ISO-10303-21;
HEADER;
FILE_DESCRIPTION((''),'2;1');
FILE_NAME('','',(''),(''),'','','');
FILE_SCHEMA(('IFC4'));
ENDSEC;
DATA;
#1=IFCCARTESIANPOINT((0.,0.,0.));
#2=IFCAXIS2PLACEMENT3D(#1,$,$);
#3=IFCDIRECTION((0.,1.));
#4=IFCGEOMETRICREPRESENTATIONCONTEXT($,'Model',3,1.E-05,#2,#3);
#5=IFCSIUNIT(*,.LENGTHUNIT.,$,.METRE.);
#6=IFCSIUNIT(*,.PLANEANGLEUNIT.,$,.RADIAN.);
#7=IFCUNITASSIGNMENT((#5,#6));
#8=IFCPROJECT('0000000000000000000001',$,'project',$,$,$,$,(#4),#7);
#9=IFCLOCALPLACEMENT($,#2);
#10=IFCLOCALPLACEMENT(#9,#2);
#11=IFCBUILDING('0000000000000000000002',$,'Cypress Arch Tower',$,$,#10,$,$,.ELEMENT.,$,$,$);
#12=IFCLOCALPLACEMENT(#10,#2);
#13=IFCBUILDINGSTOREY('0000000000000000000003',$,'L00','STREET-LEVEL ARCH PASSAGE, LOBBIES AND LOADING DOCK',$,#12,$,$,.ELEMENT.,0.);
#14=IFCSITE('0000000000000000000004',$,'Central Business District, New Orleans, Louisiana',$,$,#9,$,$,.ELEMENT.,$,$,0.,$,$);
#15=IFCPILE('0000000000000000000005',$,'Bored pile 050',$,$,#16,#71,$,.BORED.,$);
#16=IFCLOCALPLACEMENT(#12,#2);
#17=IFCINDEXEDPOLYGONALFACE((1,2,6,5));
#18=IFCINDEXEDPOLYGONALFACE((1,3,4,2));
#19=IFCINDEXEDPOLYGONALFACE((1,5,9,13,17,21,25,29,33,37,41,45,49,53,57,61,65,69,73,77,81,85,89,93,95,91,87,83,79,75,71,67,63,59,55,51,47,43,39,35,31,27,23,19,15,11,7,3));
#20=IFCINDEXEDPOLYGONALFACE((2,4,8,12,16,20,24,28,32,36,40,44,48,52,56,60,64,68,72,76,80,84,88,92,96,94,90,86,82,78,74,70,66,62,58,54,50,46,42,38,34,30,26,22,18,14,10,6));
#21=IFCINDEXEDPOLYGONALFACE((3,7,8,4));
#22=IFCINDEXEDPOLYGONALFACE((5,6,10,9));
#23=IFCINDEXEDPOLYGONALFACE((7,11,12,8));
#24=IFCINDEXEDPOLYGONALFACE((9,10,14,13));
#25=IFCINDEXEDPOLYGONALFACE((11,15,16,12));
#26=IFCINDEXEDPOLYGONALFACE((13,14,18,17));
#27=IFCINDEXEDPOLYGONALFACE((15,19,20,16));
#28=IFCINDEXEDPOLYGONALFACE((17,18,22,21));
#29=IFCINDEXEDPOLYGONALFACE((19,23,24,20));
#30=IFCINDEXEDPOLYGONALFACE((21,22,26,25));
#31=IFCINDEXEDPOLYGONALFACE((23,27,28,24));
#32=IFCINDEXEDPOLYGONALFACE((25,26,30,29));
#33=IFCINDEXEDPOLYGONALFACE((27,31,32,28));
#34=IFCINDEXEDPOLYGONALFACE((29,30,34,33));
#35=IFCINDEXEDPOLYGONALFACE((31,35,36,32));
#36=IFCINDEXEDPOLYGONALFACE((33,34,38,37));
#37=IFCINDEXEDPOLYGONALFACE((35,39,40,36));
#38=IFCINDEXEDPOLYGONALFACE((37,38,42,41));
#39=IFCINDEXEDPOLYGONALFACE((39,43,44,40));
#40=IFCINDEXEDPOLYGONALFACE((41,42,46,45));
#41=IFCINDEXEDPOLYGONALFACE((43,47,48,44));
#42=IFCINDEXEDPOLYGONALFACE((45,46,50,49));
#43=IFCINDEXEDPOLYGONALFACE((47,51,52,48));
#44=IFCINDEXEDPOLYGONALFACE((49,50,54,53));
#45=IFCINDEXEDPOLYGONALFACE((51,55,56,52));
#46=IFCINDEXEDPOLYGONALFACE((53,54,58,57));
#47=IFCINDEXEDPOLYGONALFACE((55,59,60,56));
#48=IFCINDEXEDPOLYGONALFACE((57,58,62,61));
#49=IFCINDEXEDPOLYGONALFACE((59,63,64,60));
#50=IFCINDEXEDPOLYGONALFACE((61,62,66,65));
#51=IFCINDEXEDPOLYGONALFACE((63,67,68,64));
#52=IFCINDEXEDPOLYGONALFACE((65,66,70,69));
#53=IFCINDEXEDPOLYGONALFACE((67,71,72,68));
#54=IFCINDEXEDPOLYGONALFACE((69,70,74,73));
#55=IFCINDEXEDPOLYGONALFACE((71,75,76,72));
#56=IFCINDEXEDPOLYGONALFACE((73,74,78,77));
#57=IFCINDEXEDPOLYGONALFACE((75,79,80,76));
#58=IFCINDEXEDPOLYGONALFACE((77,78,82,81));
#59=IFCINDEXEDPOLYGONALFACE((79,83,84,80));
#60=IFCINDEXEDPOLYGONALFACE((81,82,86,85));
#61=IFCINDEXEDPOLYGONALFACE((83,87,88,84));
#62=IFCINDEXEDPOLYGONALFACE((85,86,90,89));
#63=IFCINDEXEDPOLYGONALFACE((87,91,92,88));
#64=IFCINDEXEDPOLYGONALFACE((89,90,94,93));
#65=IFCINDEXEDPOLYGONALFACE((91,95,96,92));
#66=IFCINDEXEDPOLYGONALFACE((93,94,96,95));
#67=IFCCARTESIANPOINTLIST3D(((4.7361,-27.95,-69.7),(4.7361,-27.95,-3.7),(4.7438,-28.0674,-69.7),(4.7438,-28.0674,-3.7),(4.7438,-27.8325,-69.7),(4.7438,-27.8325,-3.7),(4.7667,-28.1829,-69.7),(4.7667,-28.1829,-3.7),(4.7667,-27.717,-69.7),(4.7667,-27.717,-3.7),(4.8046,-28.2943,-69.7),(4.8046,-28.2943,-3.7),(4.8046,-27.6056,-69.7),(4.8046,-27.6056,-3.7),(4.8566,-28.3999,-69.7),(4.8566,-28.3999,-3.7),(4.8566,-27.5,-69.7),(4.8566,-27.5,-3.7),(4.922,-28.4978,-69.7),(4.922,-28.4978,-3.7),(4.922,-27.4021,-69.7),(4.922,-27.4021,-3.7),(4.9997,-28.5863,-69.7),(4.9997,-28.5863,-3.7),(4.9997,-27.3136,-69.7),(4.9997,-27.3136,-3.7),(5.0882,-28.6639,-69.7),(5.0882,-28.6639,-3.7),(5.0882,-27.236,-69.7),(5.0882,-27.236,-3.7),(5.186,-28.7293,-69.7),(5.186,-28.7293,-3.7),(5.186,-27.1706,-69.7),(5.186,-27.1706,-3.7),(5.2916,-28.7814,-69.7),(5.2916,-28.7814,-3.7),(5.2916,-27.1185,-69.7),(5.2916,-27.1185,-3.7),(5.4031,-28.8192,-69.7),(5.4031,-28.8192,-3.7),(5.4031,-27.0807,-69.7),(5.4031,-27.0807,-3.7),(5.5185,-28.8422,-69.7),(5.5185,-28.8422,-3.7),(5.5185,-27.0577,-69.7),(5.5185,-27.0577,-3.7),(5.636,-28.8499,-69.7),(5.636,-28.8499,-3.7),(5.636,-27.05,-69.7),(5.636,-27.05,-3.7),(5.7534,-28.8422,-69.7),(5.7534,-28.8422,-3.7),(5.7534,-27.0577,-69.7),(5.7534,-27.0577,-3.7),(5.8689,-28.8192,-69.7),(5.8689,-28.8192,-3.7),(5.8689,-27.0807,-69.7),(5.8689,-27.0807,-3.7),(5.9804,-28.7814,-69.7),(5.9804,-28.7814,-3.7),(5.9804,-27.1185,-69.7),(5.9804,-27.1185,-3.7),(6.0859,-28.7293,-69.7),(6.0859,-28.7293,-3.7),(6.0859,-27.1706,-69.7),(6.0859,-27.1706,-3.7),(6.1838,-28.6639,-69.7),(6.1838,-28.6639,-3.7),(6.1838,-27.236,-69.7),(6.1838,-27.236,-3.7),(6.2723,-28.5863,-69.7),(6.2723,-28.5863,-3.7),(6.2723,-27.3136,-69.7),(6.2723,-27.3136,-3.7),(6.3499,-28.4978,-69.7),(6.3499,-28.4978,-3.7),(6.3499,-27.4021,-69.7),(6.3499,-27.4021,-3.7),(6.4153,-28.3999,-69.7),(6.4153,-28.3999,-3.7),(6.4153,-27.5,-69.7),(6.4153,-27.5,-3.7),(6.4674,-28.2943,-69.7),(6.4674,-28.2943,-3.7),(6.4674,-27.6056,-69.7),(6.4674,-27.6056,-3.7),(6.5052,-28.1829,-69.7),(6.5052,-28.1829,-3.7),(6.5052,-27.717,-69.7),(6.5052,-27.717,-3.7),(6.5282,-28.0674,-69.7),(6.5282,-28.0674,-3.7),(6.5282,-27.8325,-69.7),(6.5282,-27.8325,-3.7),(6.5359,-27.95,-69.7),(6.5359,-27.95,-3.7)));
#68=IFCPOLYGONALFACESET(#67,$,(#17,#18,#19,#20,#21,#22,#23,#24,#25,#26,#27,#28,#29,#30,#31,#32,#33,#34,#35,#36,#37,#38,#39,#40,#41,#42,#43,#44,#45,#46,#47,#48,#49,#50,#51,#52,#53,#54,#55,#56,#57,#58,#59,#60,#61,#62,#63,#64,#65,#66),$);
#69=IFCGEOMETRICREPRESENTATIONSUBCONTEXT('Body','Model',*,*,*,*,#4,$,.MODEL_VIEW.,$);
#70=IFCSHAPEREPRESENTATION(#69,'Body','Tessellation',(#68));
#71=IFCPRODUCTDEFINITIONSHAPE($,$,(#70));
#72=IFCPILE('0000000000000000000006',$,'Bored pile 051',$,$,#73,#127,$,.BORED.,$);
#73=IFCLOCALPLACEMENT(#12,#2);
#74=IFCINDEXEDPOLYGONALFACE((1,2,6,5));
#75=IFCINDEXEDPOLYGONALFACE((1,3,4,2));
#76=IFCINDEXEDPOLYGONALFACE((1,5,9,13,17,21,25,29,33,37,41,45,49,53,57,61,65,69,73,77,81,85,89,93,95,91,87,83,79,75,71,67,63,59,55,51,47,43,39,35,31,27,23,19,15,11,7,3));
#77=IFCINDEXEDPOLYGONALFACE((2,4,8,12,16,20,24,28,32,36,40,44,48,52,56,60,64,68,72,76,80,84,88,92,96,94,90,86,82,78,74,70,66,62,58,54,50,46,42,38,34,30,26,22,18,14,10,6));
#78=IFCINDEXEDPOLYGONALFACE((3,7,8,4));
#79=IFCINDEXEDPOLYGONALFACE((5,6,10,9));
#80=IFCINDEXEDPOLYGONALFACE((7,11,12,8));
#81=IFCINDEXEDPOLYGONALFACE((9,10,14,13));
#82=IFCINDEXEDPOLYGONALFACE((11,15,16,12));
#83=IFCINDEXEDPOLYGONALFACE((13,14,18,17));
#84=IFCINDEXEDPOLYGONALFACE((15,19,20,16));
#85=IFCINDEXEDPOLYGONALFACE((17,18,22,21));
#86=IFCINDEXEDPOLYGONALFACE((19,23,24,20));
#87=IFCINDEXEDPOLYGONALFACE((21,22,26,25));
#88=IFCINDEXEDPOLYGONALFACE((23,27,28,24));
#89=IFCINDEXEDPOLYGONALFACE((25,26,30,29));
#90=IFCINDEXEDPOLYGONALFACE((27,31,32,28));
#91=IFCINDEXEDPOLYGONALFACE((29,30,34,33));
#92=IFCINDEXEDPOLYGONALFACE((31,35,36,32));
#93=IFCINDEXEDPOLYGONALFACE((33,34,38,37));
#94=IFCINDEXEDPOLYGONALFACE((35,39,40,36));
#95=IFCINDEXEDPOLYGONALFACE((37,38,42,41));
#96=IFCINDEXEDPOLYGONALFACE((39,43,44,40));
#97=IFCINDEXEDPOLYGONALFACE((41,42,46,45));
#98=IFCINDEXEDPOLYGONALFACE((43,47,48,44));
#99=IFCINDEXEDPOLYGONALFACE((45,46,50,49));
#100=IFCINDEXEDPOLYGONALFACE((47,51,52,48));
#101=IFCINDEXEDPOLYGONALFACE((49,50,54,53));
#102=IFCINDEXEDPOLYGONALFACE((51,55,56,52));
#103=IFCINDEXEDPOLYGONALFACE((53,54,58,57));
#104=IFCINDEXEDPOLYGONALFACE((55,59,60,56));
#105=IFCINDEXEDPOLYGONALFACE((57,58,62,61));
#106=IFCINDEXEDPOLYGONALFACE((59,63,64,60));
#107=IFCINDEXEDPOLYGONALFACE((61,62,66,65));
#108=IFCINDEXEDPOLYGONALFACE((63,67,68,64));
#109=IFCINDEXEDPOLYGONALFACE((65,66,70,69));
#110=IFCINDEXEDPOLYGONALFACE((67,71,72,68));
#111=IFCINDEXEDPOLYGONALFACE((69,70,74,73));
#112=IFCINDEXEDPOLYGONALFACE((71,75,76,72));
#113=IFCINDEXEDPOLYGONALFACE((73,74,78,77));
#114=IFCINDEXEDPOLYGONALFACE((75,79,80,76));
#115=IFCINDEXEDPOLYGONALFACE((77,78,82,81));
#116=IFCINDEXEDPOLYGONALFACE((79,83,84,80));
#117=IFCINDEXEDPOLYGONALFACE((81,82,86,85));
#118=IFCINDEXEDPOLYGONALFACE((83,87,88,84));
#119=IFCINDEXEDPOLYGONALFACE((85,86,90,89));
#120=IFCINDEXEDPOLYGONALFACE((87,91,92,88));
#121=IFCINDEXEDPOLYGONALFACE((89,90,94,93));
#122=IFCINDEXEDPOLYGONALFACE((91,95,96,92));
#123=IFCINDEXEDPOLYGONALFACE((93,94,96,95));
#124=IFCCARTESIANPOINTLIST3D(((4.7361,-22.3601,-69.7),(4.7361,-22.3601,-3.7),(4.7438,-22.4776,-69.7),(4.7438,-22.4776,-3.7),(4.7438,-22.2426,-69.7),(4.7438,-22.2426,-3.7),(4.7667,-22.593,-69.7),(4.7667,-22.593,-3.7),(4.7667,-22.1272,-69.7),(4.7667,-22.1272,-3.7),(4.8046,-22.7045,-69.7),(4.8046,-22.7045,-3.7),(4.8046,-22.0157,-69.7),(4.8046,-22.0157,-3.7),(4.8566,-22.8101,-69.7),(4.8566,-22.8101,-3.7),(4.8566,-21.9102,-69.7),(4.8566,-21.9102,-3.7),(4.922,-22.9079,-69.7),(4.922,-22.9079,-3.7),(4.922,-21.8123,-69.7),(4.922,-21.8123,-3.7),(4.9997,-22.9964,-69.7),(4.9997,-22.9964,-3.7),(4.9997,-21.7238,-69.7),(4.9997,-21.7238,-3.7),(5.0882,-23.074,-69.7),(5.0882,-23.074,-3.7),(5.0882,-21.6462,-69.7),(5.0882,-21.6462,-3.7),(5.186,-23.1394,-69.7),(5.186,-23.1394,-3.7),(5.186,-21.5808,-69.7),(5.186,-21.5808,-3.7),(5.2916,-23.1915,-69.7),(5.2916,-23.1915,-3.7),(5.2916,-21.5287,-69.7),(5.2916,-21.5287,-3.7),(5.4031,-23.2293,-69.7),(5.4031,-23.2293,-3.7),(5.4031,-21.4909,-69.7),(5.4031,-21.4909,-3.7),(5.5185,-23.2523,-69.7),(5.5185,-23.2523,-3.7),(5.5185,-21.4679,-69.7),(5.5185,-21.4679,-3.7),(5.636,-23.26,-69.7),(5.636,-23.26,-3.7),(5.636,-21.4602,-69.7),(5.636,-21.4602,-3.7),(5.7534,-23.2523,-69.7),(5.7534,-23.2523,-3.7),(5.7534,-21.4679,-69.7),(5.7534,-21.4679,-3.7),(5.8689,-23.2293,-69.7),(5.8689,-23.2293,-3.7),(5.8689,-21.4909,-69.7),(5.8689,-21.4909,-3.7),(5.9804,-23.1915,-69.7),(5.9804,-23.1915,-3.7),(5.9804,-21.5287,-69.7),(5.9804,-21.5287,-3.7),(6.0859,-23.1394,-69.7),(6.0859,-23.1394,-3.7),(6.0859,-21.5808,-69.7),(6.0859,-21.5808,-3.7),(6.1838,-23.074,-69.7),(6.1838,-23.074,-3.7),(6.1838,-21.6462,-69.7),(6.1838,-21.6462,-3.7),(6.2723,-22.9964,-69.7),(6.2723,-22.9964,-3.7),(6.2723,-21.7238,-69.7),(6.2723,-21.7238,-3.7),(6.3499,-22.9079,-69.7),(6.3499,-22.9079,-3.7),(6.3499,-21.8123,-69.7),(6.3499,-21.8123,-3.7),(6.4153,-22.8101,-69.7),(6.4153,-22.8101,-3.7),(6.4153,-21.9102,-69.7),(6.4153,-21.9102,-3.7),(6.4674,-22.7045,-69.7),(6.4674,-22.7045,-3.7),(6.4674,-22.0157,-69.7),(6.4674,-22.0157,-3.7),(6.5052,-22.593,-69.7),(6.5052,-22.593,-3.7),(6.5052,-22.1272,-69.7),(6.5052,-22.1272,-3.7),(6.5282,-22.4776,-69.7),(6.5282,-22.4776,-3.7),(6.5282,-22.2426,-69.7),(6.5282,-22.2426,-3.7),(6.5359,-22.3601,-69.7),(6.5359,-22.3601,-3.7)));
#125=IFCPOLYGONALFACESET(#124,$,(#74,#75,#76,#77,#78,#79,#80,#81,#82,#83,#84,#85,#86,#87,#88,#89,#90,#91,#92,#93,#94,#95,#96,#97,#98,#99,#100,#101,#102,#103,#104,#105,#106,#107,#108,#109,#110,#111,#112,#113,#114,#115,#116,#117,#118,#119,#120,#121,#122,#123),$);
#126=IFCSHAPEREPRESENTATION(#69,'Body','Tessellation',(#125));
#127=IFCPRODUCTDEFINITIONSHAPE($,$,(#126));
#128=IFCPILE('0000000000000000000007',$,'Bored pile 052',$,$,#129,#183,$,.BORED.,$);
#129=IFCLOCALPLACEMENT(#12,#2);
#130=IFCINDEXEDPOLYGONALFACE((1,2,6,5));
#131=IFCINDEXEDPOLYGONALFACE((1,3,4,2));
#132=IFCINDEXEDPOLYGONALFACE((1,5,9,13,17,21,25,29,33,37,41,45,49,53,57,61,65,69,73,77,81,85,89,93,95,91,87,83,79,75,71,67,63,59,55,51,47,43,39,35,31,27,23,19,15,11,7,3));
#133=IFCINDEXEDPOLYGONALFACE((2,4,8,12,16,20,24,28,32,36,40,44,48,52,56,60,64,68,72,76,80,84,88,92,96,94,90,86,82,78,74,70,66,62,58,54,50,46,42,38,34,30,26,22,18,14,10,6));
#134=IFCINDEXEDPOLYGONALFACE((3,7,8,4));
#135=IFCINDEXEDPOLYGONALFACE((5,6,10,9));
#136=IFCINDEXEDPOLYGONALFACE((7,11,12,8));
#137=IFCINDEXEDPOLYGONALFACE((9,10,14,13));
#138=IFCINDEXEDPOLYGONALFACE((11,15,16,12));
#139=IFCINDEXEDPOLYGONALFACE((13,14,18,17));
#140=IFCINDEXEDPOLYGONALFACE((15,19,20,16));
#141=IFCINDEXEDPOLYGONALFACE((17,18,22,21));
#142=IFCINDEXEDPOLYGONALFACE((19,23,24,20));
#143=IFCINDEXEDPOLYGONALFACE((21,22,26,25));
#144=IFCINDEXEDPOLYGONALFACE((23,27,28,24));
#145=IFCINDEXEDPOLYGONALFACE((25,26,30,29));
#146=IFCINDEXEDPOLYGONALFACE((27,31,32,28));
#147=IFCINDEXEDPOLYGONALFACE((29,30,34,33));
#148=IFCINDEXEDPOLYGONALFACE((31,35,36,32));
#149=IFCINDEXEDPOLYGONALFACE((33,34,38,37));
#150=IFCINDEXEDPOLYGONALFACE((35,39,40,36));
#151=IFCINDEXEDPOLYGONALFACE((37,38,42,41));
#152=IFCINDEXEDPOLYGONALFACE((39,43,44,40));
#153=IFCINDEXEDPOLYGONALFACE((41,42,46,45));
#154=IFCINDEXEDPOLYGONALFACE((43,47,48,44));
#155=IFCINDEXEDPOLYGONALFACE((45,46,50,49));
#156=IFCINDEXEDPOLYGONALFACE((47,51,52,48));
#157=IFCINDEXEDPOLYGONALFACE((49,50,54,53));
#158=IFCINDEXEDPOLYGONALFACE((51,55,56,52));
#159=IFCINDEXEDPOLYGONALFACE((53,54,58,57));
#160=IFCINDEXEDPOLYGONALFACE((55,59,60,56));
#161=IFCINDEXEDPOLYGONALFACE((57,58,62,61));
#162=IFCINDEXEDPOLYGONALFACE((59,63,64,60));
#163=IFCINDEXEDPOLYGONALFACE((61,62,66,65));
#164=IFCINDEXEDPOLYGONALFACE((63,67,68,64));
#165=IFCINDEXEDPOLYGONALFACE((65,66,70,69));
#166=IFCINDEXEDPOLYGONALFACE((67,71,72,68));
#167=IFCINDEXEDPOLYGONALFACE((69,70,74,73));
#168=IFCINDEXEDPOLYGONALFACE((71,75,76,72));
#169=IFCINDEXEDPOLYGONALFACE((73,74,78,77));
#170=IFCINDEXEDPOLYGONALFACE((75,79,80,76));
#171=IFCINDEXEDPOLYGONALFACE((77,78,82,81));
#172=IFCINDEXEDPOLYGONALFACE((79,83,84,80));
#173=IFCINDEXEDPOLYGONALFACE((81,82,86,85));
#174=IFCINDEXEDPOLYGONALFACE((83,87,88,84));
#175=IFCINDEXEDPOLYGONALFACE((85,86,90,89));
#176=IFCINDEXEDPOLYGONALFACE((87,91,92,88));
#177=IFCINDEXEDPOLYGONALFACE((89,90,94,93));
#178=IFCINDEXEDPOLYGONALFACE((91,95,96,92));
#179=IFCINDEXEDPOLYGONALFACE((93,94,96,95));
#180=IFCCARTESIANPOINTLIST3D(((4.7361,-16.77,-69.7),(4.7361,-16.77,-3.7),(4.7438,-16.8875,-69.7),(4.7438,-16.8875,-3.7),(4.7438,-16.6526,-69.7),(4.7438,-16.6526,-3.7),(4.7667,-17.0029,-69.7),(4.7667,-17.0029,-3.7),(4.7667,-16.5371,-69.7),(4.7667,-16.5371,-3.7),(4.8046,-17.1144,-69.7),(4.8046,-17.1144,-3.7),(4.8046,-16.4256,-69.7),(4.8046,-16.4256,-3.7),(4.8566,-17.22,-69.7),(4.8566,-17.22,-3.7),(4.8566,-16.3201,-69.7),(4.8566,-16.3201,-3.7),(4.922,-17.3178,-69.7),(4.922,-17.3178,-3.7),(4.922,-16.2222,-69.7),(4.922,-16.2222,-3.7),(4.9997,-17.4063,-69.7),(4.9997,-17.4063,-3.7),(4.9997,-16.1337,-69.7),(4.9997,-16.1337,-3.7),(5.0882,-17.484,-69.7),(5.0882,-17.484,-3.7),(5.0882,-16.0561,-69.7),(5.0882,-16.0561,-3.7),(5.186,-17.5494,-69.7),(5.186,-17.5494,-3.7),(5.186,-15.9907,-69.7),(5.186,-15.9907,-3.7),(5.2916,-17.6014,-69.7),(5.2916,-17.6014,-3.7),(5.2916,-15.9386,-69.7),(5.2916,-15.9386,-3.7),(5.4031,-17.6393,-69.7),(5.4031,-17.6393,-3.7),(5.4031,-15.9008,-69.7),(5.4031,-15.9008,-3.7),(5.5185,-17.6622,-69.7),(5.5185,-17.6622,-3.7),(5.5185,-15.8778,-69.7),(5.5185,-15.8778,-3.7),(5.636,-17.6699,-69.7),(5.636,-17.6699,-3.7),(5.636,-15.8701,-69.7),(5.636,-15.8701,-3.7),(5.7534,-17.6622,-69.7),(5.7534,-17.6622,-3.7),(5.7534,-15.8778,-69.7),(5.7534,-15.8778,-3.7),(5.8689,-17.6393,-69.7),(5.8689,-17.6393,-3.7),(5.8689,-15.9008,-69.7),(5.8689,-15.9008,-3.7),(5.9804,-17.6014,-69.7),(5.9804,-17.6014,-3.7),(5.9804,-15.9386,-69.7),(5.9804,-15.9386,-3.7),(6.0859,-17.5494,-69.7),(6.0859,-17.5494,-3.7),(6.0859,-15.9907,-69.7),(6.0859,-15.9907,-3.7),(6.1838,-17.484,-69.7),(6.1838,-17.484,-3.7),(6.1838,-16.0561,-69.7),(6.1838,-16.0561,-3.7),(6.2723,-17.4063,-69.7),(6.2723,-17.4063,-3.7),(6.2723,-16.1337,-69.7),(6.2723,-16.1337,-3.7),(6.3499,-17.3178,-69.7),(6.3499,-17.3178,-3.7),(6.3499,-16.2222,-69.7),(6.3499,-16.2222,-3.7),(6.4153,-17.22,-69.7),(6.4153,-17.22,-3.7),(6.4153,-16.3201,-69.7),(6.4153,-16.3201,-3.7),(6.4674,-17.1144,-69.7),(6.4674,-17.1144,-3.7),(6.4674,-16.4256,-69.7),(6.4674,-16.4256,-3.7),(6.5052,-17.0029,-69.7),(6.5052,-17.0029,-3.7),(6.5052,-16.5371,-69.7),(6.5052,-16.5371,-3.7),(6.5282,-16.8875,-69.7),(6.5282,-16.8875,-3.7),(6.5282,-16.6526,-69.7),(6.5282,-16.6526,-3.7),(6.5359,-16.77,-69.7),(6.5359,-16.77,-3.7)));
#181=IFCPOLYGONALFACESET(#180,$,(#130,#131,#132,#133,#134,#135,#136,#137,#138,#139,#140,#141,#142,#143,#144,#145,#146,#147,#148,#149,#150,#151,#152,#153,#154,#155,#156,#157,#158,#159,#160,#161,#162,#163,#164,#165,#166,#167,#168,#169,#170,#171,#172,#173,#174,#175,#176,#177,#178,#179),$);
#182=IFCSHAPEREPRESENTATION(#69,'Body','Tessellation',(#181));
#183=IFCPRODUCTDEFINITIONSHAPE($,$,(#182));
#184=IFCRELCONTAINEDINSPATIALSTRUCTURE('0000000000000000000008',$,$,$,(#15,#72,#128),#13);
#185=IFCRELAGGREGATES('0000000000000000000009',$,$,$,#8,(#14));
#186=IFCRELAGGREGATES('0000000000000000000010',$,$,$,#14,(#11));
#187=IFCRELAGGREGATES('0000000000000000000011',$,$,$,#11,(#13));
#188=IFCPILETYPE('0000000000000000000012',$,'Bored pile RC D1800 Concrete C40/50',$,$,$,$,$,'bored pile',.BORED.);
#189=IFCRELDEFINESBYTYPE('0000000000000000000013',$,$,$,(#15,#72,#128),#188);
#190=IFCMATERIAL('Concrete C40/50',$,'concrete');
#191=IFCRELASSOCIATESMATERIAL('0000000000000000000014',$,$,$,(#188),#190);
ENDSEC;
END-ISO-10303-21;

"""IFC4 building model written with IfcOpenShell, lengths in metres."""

from ifc_helpers import new_model, si_unit, direction, frame, origin, origin_2d, place, context, subcontext, project, spatial, circle, extrude, material, material_profile, profile_set, type_object, element, save


model = new_model("IFC4")

# Units and contexts
model_context = context("Model", 3, precision=1e-05, world=origin(), true_north=direction((0.0, 1.0)))
body_context = subcontext(model_context, "Body", "Model", "MODEL_VIEW")
ifc_project = project(units=[si_unit("LENGTHUNIT", "METRE"), si_unit("PLANEANGLEUNIT", "RADIAN")], contexts=[model_context])

# Site, building, storey
site_placement = place(None, origin())
site = spatial("IfcSite", under=ifc_project, at=site_placement, Name="Central Business District, New Orleans, Louisiana", CompositionType="ELEMENT", RefElevation=0.0)
building_placement = place(site_placement, origin())
building = spatial("IfcBuilding", under=site, at=building_placement, Name="Cypress Arch Tower", CompositionType="ELEMENT")
storey_placement = place(building_placement, origin())
storey = spatial("IfcBuildingStorey", under=building, at=storey_placement, Name="L00", Description="STREET-LEVEL ARCH PASSAGE, LOBBIES AND LOADING DOCK", CompositionType="ELEMENT", Elevation=0.0)

# Piles
ifc_material_1 = material(Name="Concrete C40/50", Category="concrete")
ifc_material_profile_1 = material_profile(ifc_material_1, circle(Radius=0.8999, at=origin_2d()), Name="RC D1800")
ifc_profile_set_1 = profile_set([ifc_material_profile_1], Name="Concrete C40/50")
pile_type = type_object("IfcPileType", Name="Bored pile RC D1800 Concrete C40/50", ElementType="bored pile", PredefinedType="BORED", material=ifc_profile_set_1)
for number, where, z_axis, x_axis, name in (
    (1, (5.636, -27.95, -3.7), (0.0, 0.0, -1.0), (1.0, 0.0, 0.0), "Bored pile 050"),
    (2, (5.636, -22.3601, -3.7), (0.0, 0.0, -1.0), (1.0, 0.0, 0.0), "Bored pile 051"),
    (3, (5.636, -16.77, -3.7), (0.0, 0.0, -1.0), (1.0, 0.0, 0.0), "Bored pile 052"),
):
    element("IfcPile", number, at=place(storey_placement, frame(where, z_axis=z_axis, x_axis=x_axis)), inside=storey, type_object=pile_type, Name=name, PredefinedType="BORED", context=body_context, shape_type="SweptSolid", body=[
        extrude(circle(Radius=0.8999, at=origin_2d()), origin(), (0.0, 0.0, 1.0), 66.0),
    ])

save(model, "model.ifc")
